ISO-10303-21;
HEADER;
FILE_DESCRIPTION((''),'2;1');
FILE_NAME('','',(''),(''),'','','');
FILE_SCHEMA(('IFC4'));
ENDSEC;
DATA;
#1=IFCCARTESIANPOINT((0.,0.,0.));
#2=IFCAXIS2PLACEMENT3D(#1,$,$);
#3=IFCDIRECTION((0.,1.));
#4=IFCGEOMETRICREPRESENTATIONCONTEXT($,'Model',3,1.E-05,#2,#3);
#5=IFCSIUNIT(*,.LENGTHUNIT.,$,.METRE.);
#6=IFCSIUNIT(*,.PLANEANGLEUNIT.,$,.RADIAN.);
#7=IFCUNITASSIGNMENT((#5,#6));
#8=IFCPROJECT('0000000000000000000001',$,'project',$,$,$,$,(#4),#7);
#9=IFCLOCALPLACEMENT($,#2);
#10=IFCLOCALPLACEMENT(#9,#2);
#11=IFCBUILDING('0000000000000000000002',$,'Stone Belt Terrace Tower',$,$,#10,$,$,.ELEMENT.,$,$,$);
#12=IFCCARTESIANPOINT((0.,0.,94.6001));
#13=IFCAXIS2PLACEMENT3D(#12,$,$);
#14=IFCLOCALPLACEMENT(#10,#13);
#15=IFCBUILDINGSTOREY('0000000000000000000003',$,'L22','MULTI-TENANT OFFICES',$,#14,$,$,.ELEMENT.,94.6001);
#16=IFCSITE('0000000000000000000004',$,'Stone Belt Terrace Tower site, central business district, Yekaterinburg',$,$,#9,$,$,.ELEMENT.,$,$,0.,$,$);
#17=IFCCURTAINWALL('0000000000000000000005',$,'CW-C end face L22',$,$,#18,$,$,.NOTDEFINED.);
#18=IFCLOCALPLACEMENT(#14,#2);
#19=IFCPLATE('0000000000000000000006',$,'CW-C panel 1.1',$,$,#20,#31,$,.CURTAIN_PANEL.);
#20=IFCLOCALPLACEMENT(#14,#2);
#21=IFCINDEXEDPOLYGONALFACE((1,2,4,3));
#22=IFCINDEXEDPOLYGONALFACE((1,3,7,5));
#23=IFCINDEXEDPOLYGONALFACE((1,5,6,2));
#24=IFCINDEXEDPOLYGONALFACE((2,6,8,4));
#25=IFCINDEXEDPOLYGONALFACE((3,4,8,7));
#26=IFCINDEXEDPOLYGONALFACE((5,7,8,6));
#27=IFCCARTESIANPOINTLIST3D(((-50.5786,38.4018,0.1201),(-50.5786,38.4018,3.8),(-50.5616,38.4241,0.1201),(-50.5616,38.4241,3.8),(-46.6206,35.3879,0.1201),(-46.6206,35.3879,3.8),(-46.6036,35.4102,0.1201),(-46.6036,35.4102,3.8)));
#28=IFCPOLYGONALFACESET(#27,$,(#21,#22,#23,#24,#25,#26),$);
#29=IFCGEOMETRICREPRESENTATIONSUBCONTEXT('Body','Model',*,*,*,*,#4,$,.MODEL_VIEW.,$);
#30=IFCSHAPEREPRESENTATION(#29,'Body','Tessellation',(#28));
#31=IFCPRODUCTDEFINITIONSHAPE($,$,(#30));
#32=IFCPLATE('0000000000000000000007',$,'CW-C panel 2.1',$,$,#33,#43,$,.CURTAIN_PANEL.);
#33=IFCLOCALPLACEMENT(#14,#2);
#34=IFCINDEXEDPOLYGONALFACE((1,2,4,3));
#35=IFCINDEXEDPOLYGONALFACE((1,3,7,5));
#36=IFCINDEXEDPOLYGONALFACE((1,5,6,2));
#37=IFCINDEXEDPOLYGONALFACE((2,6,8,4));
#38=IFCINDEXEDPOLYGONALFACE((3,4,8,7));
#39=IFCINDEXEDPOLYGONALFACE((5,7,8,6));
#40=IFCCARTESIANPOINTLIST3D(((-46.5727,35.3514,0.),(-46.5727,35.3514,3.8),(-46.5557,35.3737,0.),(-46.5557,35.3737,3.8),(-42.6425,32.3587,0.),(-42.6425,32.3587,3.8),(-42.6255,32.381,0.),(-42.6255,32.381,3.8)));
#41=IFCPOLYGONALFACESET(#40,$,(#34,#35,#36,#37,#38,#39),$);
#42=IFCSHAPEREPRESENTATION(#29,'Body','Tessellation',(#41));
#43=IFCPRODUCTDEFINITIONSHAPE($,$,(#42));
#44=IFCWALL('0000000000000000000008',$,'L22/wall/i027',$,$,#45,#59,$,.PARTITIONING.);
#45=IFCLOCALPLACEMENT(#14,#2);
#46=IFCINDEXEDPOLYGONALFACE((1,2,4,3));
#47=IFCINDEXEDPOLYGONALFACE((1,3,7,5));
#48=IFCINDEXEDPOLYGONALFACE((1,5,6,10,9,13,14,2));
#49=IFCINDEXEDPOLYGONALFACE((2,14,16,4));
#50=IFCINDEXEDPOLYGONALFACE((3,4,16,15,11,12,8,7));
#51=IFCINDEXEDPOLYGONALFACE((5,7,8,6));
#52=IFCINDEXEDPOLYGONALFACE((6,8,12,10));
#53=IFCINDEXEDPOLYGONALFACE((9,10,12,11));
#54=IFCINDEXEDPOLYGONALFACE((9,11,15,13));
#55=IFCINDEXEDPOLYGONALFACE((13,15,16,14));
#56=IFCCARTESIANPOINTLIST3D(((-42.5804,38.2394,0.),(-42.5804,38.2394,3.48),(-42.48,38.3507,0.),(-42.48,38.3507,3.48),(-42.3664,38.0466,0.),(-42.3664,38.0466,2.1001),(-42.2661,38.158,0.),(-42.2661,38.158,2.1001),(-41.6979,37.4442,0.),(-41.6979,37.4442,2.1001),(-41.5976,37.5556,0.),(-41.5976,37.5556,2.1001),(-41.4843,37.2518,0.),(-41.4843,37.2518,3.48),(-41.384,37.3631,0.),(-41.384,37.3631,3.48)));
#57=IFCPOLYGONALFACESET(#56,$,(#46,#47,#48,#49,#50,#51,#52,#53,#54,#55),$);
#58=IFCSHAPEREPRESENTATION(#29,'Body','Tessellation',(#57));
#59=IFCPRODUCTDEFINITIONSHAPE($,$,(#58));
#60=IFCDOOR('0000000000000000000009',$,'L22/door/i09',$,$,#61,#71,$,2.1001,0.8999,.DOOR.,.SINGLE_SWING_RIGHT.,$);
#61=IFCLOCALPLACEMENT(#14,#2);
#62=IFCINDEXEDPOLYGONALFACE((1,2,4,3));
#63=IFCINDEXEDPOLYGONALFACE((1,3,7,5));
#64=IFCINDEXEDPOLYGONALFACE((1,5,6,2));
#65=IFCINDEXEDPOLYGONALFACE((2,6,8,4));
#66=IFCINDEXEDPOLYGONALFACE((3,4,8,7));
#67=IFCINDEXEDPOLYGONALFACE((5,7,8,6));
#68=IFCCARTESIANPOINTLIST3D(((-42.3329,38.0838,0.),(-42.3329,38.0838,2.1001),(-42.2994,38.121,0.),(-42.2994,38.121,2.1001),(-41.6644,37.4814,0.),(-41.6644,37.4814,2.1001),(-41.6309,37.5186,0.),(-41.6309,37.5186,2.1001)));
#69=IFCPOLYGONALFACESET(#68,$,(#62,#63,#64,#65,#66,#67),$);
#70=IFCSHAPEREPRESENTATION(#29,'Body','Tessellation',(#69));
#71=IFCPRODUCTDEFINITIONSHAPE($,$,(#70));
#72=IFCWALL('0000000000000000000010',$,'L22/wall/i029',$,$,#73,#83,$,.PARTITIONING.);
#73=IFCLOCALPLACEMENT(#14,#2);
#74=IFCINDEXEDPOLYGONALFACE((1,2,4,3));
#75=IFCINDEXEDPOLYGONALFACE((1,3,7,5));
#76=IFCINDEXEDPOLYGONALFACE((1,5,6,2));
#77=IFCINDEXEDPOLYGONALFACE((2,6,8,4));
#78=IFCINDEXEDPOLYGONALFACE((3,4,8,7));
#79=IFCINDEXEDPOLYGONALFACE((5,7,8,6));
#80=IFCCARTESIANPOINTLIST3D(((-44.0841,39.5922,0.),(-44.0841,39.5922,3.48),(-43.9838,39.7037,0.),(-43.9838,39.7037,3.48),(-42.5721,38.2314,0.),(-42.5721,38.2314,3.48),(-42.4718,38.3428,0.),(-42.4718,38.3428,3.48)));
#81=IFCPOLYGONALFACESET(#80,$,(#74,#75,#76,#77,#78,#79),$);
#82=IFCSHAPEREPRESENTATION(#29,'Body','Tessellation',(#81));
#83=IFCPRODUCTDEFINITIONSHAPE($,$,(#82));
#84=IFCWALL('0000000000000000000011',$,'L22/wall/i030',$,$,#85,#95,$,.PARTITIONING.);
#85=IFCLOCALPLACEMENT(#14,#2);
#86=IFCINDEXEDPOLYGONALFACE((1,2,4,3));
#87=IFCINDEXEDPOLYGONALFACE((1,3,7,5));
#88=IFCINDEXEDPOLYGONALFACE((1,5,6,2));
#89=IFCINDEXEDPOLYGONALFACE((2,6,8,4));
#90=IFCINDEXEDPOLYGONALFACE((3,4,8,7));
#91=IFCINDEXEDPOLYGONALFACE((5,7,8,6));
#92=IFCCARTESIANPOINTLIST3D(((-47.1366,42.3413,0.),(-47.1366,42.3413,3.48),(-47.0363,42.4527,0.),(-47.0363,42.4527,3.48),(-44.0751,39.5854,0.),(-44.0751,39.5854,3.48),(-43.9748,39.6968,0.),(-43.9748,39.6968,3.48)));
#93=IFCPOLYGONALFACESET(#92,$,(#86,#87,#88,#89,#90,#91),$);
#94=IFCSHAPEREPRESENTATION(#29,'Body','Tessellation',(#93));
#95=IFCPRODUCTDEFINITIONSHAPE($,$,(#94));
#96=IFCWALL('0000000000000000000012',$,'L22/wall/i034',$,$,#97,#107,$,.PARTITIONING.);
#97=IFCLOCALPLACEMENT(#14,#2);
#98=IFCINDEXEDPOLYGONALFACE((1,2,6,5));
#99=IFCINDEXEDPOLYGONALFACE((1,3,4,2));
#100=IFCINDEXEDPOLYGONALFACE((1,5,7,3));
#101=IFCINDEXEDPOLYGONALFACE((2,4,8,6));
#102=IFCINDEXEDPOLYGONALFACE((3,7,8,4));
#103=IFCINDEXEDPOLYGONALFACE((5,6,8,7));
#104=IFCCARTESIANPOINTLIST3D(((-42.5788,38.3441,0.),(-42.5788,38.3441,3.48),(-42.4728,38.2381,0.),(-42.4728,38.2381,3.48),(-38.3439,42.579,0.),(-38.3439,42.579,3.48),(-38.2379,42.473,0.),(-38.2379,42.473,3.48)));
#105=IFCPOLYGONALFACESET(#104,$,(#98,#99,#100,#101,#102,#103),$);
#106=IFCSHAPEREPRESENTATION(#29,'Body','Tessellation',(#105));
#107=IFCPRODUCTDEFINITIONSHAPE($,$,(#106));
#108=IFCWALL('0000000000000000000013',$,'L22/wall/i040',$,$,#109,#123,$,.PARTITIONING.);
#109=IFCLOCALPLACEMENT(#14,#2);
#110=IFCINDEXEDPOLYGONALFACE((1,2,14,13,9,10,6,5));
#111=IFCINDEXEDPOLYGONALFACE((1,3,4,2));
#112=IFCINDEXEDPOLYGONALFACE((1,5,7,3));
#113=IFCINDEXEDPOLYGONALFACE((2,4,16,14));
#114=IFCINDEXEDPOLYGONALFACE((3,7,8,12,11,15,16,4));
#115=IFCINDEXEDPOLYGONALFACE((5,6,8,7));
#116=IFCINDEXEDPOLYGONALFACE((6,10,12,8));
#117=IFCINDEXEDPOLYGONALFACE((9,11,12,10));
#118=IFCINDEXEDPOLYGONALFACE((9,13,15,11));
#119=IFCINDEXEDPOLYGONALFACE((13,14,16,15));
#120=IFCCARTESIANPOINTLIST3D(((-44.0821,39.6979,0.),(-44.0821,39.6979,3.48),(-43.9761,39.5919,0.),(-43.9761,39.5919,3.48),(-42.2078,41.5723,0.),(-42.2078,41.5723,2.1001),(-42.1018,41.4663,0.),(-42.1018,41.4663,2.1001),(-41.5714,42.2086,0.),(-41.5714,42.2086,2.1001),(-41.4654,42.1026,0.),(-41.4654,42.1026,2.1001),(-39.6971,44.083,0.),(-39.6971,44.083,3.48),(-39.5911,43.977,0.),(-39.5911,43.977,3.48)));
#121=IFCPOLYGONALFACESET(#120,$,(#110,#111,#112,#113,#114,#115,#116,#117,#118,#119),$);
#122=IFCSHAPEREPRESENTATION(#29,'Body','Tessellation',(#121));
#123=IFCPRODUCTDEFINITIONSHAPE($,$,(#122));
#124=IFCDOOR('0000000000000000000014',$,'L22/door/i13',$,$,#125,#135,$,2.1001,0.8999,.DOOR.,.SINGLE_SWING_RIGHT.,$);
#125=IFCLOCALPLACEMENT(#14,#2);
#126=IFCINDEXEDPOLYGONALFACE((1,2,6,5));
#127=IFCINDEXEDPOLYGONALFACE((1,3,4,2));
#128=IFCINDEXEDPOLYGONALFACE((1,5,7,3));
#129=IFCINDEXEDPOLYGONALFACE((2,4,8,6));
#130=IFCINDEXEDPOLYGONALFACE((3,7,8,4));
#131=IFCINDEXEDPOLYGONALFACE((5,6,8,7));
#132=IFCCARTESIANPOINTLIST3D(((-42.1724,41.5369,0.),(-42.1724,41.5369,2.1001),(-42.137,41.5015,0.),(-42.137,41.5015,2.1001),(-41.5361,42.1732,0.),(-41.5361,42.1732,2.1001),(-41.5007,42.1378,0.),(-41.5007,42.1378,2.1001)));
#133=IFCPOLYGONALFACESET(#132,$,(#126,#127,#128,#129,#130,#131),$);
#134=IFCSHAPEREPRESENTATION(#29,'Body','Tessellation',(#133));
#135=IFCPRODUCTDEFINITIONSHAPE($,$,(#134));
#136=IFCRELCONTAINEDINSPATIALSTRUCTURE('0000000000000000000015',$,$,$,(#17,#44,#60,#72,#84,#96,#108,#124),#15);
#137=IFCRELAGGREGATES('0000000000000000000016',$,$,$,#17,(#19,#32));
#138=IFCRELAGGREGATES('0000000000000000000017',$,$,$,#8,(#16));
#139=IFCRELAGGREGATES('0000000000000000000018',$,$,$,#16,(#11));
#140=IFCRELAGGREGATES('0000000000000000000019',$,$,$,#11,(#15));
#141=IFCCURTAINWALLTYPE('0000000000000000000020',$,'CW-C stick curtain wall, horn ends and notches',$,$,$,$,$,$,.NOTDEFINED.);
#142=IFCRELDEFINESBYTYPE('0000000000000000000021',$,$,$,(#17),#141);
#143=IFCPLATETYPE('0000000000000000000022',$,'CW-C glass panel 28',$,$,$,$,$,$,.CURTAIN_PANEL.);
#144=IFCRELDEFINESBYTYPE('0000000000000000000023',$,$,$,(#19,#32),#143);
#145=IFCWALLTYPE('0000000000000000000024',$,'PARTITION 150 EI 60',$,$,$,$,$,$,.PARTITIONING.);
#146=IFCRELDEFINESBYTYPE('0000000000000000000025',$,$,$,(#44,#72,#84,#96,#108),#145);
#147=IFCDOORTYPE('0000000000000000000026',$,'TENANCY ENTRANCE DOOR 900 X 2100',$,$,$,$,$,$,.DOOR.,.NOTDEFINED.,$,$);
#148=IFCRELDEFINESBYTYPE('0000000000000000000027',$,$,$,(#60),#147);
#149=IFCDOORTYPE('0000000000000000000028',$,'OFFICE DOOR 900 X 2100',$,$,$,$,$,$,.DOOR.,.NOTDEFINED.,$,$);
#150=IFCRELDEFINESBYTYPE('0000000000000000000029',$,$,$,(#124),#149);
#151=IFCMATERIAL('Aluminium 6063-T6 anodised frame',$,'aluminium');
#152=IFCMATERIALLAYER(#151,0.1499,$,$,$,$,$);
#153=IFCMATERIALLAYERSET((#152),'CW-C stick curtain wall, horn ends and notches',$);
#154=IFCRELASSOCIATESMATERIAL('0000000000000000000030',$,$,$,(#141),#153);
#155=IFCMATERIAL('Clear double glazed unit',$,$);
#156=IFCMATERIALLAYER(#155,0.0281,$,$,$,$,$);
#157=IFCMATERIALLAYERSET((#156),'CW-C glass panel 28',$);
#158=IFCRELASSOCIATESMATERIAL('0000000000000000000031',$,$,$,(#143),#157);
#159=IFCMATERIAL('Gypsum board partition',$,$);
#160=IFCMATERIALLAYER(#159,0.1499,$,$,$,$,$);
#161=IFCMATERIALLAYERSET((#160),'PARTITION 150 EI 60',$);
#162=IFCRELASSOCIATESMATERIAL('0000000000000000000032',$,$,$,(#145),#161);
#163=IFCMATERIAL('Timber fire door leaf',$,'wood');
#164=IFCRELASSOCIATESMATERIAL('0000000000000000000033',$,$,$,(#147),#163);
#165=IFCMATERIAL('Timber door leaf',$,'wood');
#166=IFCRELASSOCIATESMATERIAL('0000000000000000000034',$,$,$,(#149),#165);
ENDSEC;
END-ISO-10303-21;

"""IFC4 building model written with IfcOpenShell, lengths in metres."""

from ifc_helpers import new_model, si_unit, direction, frame, frame_2d, origin, origin_2d, place, context, subcontext, project, spatial, rectangle, extrude, material, layer, layer_set, type_object, element, fill, aggregate, save


model = new_model("IFC4")

# Units and contexts
model_context = context("Model", 3, precision=1e-05, world=origin(), true_north=direction((0.0, 1.0)))
body_context = subcontext(model_context, "Body", "Model", "MODEL_VIEW")
ifc_project = project(units=[si_unit("LENGTHUNIT", "METRE"), si_unit("PLANEANGLEUNIT", "RADIAN")], contexts=[model_context])

# Site, building, storey
site_placement = place(None, origin())
site = spatial("IfcSite", under=ifc_project, at=site_placement, Name="Stone Belt Terrace Tower site, central business district, Yekaterinburg", CompositionType="ELEMENT", RefElevation=0.0)
building_placement = place(site_placement, origin())
building = spatial("IfcBuilding", under=site, at=building_placement, Name="Stone Belt Terrace Tower", CompositionType="ELEMENT")
storey_placement = place(building_placement, frame((0.0, 0.0, 94.6001)))
storey = spatial("IfcBuildingStorey", under=building, at=storey_placement, Name="L22", Description="MULTI-TENANT OFFICES", CompositionType="ELEMENT", Elevation=94.6001)

# Curtain wall
ifc_material_1 = material(Name="Aluminium 6063-T6 anodised frame", Category="aluminium")
ifc_layer_1 = layer(ifc_material_1, 0.1499)
ifc_layer_set_1 = layer_set([ifc_layer_1], Name="CW-C stick curtain wall, horn ends and notches")
curtain_wall_type = type_object("IfcCurtainWallType", Name="CW-C stick curtain wall, horn ends and notches", PredefinedType="NOTDEFINED", material=ifc_layer_set_1)
curtain_wall_1_placement = place(storey_placement, origin())
curtain_wall_1 = element("IfcCurtainWall", 1, at=curtain_wall_1_placement, inside=storey, type_object=curtain_wall_type, Name="CW-C end face L22", PredefinedType="NOTDEFINED")

# Shared definitions
ifc_material_2 = material(Name="Clear double glazed unit")
ifc_layer_2 = layer(ifc_material_2, 0.0281)
ifc_layer_set_2 = layer_set([ifc_layer_2], Name="CW-C glass panel 28")
plate_type = type_object("IfcPlateType", Name="CW-C glass panel 28", PredefinedType="CURTAIN_PANEL", material=ifc_layer_set_2)

# Plates
plate_1_placement = place(storey_placement, frame((-48.5911, 36.906, 0.1201), z_axis=(0.0, 0.0, 1.0), x_axis=(0.795602, -0.60582, 0.0)))
plate_1 = element("IfcPlate", 2, at=plate_1_placement, type_object=plate_type, Name="CW-C panel 1.1", PredefinedType="CURTAIN_PANEL", context=body_context, shape_type="SweptSolid", body=[
    extrude(rectangle(XDim=4.9749, YDim=0.0281, at=origin_2d()), origin(), (0.0, 0.0, 1.0), 3.6799),
])
plate_2_placement = place(storey_placement, frame((-44.5991, 33.8662, 0.0), z_axis=(0.0, 0.0, 1.0), x_axis=(0.795602, -0.60582, 0.0)))
plate_2 = element("IfcPlate", 3, at=plate_2_placement, type_object=plate_type, Name="CW-C panel 2.1", PredefinedType="CURTAIN_PANEL", context=body_context, shape_type="SweptSolid", body=[
    extrude(rectangle(XDim=4.9399, YDim=0.0281, at=origin_2d()), origin(), (0.0, 0.0, 1.0), 3.8),
])
aggregate(curtain_wall_1, [plate_1, plate_2])

# Wall, opening, door
ifc_material_3 = material(Name="Gypsum board partition")
ifc_layer_3 = layer(ifc_material_3, 0.1499)
ifc_layer_set_3 = layer_set([ifc_layer_3], Name="PARTITION 150 EI 60")
wall_type = type_object("IfcWallType", Name="PARTITION 150 EI 60", PredefinedType="PARTITIONING", material=ifc_layer_set_3)
wall_1_placement = place(storey_placement, frame((-41.4341, 37.3074, 0.0), z_axis=(0.0, 0.0, 1.0), x_axis=(-0.742891, 0.669413, 0.0)))
wall_1 = element("IfcWall", 4, at=wall_1_placement, inside=storey, type_object=wall_type, Name="L22/wall/i027", PredefinedType="PARTITIONING", context=body_context, shape_type="SweptSolid", body=[
    extrude(rectangle(XDim=1.4753, YDim=0.1499, at=frame_2d((0.7378, 0.0))), origin(), (0.0, 0.0, 1.0), 3.48),
])
opening_1_placement = place(wall_1_placement, frame((0.2876, 0.0, 0.0)))
opening_1 = element("IfcOpeningElement", 5, at=opening_1_placement, cuts=wall_1, PredefinedType="OPENING", context=body_context, shape_type="SweptSolid", body=[
    extrude(rectangle(XDim=0.8999, YDim=2.1001, at=frame_2d((0.45, 1.05))), frame((0.0, 0.085, 0.0), z_axis=(0.0, -1.0, 0.0), x_axis=(1.0, 0.0, 0.0)), (0.0, 0.0, 1.0), 0.1699),
])
ifc_material_4 = material(Name="Timber fire door leaf", Category="wood")
door_type_1 = type_object("IfcDoorType", Name="TENANCY ENTRANCE DOOR 900 X 2100", OperationType="NOTDEFINED", PredefinedType="DOOR", material=ifc_material_4)
door_1_placement = place(opening_1_placement, origin())
door_1 = element("IfcDoor", 6, at=door_1_placement, inside=storey, type_object=door_type_1, Name="L22/door/i09", OperationType="SINGLE_SWING_RIGHT", OverallHeight=2.1001, OverallWidth=0.8999, PredefinedType="DOOR", context=body_context, shape_type="SweptSolid", body=[
    extrude(rectangle(XDim=0.8999, YDim=2.1001, at=frame_2d((0.45, 1.05))), frame((0.0, 0.0249, 0.0), z_axis=(0.0, -1.0, 0.0), x_axis=(1.0, 0.0, 0.0)), (0.0, 0.0, 1.0), 0.05),
])
fill(opening_1, door_1)

# Walls
wall_2_placement = place(storey_placement, frame((-44.0339, 39.6479, 0.0), z_axis=(0.0, 0.0, 1.0), x_axis=(0.743276, -0.668985, 0.0)))
element("IfcWall", 7, at=wall_2_placement, inside=storey, type_object=wall_type, Name="L22/wall/i029", PredefinedType="PARTITIONING", context=body_context, shape_type="SweptSolid", body=[
    extrude(rectangle(XDim=2.0342, YDim=0.1499, at=frame_2d((1.0171, 0.0))), origin(), (0.0, 0.0, 1.0), 3.48),
])
wall_3_placement = place(storey_placement, frame((-47.0864, 42.397, 0.0), z_axis=(0.0, 0.0, 1.0), x_axis=(0.743235, -0.66903, 0.0)))
element("IfcWall", 8, at=wall_3_placement, inside=storey, type_object=wall_type, Name="L22/wall/i030", PredefinedType="PARTITIONING", context=body_context, shape_type="SweptSolid", body=[
    extrude(rectangle(XDim=4.1191, YDim=0.1499, at=frame_2d((2.0596, 0.0))), origin(), (0.0, 0.0, 1.0), 3.48),
])
wall_4_placement = place(storey_placement, frame((-42.5259, 38.291, 0.0), z_axis=(0.0, 0.0, 1.0), x_axis=(0.707107, 0.707107, 0.0)))
element("IfcWall", 9, at=wall_4_placement, inside=storey, type_object=wall_type, Name="L22/wall/i034", PredefinedType="PARTITIONING", context=body_context, shape_type="SweptSolid", body=[
    extrude(rectangle(XDim=5.989, YDim=0.1499, at=frame_2d((2.9946, 0.0))), origin(), (0.0, 0.0, 1.0), 3.48),
])

# Wall, opening, door
wall_5_placement = place(storey_placement, frame((-44.0291, 39.645, 0.0), z_axis=(0.0, 0.0, 1.0), x_axis=(0.707107, 0.707107, 0.0)))
wall_5 = element("IfcWall", 10, at=wall_5_placement, inside=storey, type_object=wall_type, Name="L22/wall/i040", PredefinedType="PARTITIONING", context=body_context, shape_type="SweptSolid", body=[
    extrude(rectangle(XDim=6.2014, YDim=0.1499, at=frame_2d((3.1006, 0.0))), origin(), (0.0, 0.0, 1.0), 3.48),
])
opening_2_placement = place(wall_5_placement, frame((2.6506, 0.0, 0.0)))
opening_2 = element("IfcOpeningElement", 11, at=opening_2_placement, cuts=wall_5, PredefinedType="OPENING", context=body_context, shape_type="SweptSolid", body=[
    extrude(rectangle(XDim=0.8999, YDim=2.1001, at=frame_2d((0.45, 1.05))), frame((0.0, 0.085, 0.0), z_axis=(0.0, -1.0, 0.0), x_axis=(1.0, 0.0, 0.0)), (0.0, 0.0, 1.0), 0.1699),
])
ifc_material_5 = material(Name="Timber door leaf", Category="wood")
door_type_2 = type_object("IfcDoorType", Name="OFFICE DOOR 900 X 2100", OperationType="NOTDEFINED", PredefinedType="DOOR", material=ifc_material_5)
door_2_placement = place(opening_2_placement, origin())
door_2 = element("IfcDoor", 12, at=door_2_placement, inside=storey, type_object=door_type_2, Name="L22/door/i13", OperationType="SINGLE_SWING_RIGHT", OverallHeight=2.1001, OverallWidth=0.8999, PredefinedType="DOOR", context=body_context, shape_type="SweptSolid", body=[
    extrude(rectangle(XDim=0.8999, YDim=2.1001, at=frame_2d((0.45, 1.05))), frame((0.0, 0.0249, 0.0), z_axis=(0.0, -1.0, 0.0), x_axis=(1.0, 0.0, 0.0)), (0.0, 0.0, 1.0), 0.05),
])
fill(opening_2, door_2)

save(model, "model.ifc")
